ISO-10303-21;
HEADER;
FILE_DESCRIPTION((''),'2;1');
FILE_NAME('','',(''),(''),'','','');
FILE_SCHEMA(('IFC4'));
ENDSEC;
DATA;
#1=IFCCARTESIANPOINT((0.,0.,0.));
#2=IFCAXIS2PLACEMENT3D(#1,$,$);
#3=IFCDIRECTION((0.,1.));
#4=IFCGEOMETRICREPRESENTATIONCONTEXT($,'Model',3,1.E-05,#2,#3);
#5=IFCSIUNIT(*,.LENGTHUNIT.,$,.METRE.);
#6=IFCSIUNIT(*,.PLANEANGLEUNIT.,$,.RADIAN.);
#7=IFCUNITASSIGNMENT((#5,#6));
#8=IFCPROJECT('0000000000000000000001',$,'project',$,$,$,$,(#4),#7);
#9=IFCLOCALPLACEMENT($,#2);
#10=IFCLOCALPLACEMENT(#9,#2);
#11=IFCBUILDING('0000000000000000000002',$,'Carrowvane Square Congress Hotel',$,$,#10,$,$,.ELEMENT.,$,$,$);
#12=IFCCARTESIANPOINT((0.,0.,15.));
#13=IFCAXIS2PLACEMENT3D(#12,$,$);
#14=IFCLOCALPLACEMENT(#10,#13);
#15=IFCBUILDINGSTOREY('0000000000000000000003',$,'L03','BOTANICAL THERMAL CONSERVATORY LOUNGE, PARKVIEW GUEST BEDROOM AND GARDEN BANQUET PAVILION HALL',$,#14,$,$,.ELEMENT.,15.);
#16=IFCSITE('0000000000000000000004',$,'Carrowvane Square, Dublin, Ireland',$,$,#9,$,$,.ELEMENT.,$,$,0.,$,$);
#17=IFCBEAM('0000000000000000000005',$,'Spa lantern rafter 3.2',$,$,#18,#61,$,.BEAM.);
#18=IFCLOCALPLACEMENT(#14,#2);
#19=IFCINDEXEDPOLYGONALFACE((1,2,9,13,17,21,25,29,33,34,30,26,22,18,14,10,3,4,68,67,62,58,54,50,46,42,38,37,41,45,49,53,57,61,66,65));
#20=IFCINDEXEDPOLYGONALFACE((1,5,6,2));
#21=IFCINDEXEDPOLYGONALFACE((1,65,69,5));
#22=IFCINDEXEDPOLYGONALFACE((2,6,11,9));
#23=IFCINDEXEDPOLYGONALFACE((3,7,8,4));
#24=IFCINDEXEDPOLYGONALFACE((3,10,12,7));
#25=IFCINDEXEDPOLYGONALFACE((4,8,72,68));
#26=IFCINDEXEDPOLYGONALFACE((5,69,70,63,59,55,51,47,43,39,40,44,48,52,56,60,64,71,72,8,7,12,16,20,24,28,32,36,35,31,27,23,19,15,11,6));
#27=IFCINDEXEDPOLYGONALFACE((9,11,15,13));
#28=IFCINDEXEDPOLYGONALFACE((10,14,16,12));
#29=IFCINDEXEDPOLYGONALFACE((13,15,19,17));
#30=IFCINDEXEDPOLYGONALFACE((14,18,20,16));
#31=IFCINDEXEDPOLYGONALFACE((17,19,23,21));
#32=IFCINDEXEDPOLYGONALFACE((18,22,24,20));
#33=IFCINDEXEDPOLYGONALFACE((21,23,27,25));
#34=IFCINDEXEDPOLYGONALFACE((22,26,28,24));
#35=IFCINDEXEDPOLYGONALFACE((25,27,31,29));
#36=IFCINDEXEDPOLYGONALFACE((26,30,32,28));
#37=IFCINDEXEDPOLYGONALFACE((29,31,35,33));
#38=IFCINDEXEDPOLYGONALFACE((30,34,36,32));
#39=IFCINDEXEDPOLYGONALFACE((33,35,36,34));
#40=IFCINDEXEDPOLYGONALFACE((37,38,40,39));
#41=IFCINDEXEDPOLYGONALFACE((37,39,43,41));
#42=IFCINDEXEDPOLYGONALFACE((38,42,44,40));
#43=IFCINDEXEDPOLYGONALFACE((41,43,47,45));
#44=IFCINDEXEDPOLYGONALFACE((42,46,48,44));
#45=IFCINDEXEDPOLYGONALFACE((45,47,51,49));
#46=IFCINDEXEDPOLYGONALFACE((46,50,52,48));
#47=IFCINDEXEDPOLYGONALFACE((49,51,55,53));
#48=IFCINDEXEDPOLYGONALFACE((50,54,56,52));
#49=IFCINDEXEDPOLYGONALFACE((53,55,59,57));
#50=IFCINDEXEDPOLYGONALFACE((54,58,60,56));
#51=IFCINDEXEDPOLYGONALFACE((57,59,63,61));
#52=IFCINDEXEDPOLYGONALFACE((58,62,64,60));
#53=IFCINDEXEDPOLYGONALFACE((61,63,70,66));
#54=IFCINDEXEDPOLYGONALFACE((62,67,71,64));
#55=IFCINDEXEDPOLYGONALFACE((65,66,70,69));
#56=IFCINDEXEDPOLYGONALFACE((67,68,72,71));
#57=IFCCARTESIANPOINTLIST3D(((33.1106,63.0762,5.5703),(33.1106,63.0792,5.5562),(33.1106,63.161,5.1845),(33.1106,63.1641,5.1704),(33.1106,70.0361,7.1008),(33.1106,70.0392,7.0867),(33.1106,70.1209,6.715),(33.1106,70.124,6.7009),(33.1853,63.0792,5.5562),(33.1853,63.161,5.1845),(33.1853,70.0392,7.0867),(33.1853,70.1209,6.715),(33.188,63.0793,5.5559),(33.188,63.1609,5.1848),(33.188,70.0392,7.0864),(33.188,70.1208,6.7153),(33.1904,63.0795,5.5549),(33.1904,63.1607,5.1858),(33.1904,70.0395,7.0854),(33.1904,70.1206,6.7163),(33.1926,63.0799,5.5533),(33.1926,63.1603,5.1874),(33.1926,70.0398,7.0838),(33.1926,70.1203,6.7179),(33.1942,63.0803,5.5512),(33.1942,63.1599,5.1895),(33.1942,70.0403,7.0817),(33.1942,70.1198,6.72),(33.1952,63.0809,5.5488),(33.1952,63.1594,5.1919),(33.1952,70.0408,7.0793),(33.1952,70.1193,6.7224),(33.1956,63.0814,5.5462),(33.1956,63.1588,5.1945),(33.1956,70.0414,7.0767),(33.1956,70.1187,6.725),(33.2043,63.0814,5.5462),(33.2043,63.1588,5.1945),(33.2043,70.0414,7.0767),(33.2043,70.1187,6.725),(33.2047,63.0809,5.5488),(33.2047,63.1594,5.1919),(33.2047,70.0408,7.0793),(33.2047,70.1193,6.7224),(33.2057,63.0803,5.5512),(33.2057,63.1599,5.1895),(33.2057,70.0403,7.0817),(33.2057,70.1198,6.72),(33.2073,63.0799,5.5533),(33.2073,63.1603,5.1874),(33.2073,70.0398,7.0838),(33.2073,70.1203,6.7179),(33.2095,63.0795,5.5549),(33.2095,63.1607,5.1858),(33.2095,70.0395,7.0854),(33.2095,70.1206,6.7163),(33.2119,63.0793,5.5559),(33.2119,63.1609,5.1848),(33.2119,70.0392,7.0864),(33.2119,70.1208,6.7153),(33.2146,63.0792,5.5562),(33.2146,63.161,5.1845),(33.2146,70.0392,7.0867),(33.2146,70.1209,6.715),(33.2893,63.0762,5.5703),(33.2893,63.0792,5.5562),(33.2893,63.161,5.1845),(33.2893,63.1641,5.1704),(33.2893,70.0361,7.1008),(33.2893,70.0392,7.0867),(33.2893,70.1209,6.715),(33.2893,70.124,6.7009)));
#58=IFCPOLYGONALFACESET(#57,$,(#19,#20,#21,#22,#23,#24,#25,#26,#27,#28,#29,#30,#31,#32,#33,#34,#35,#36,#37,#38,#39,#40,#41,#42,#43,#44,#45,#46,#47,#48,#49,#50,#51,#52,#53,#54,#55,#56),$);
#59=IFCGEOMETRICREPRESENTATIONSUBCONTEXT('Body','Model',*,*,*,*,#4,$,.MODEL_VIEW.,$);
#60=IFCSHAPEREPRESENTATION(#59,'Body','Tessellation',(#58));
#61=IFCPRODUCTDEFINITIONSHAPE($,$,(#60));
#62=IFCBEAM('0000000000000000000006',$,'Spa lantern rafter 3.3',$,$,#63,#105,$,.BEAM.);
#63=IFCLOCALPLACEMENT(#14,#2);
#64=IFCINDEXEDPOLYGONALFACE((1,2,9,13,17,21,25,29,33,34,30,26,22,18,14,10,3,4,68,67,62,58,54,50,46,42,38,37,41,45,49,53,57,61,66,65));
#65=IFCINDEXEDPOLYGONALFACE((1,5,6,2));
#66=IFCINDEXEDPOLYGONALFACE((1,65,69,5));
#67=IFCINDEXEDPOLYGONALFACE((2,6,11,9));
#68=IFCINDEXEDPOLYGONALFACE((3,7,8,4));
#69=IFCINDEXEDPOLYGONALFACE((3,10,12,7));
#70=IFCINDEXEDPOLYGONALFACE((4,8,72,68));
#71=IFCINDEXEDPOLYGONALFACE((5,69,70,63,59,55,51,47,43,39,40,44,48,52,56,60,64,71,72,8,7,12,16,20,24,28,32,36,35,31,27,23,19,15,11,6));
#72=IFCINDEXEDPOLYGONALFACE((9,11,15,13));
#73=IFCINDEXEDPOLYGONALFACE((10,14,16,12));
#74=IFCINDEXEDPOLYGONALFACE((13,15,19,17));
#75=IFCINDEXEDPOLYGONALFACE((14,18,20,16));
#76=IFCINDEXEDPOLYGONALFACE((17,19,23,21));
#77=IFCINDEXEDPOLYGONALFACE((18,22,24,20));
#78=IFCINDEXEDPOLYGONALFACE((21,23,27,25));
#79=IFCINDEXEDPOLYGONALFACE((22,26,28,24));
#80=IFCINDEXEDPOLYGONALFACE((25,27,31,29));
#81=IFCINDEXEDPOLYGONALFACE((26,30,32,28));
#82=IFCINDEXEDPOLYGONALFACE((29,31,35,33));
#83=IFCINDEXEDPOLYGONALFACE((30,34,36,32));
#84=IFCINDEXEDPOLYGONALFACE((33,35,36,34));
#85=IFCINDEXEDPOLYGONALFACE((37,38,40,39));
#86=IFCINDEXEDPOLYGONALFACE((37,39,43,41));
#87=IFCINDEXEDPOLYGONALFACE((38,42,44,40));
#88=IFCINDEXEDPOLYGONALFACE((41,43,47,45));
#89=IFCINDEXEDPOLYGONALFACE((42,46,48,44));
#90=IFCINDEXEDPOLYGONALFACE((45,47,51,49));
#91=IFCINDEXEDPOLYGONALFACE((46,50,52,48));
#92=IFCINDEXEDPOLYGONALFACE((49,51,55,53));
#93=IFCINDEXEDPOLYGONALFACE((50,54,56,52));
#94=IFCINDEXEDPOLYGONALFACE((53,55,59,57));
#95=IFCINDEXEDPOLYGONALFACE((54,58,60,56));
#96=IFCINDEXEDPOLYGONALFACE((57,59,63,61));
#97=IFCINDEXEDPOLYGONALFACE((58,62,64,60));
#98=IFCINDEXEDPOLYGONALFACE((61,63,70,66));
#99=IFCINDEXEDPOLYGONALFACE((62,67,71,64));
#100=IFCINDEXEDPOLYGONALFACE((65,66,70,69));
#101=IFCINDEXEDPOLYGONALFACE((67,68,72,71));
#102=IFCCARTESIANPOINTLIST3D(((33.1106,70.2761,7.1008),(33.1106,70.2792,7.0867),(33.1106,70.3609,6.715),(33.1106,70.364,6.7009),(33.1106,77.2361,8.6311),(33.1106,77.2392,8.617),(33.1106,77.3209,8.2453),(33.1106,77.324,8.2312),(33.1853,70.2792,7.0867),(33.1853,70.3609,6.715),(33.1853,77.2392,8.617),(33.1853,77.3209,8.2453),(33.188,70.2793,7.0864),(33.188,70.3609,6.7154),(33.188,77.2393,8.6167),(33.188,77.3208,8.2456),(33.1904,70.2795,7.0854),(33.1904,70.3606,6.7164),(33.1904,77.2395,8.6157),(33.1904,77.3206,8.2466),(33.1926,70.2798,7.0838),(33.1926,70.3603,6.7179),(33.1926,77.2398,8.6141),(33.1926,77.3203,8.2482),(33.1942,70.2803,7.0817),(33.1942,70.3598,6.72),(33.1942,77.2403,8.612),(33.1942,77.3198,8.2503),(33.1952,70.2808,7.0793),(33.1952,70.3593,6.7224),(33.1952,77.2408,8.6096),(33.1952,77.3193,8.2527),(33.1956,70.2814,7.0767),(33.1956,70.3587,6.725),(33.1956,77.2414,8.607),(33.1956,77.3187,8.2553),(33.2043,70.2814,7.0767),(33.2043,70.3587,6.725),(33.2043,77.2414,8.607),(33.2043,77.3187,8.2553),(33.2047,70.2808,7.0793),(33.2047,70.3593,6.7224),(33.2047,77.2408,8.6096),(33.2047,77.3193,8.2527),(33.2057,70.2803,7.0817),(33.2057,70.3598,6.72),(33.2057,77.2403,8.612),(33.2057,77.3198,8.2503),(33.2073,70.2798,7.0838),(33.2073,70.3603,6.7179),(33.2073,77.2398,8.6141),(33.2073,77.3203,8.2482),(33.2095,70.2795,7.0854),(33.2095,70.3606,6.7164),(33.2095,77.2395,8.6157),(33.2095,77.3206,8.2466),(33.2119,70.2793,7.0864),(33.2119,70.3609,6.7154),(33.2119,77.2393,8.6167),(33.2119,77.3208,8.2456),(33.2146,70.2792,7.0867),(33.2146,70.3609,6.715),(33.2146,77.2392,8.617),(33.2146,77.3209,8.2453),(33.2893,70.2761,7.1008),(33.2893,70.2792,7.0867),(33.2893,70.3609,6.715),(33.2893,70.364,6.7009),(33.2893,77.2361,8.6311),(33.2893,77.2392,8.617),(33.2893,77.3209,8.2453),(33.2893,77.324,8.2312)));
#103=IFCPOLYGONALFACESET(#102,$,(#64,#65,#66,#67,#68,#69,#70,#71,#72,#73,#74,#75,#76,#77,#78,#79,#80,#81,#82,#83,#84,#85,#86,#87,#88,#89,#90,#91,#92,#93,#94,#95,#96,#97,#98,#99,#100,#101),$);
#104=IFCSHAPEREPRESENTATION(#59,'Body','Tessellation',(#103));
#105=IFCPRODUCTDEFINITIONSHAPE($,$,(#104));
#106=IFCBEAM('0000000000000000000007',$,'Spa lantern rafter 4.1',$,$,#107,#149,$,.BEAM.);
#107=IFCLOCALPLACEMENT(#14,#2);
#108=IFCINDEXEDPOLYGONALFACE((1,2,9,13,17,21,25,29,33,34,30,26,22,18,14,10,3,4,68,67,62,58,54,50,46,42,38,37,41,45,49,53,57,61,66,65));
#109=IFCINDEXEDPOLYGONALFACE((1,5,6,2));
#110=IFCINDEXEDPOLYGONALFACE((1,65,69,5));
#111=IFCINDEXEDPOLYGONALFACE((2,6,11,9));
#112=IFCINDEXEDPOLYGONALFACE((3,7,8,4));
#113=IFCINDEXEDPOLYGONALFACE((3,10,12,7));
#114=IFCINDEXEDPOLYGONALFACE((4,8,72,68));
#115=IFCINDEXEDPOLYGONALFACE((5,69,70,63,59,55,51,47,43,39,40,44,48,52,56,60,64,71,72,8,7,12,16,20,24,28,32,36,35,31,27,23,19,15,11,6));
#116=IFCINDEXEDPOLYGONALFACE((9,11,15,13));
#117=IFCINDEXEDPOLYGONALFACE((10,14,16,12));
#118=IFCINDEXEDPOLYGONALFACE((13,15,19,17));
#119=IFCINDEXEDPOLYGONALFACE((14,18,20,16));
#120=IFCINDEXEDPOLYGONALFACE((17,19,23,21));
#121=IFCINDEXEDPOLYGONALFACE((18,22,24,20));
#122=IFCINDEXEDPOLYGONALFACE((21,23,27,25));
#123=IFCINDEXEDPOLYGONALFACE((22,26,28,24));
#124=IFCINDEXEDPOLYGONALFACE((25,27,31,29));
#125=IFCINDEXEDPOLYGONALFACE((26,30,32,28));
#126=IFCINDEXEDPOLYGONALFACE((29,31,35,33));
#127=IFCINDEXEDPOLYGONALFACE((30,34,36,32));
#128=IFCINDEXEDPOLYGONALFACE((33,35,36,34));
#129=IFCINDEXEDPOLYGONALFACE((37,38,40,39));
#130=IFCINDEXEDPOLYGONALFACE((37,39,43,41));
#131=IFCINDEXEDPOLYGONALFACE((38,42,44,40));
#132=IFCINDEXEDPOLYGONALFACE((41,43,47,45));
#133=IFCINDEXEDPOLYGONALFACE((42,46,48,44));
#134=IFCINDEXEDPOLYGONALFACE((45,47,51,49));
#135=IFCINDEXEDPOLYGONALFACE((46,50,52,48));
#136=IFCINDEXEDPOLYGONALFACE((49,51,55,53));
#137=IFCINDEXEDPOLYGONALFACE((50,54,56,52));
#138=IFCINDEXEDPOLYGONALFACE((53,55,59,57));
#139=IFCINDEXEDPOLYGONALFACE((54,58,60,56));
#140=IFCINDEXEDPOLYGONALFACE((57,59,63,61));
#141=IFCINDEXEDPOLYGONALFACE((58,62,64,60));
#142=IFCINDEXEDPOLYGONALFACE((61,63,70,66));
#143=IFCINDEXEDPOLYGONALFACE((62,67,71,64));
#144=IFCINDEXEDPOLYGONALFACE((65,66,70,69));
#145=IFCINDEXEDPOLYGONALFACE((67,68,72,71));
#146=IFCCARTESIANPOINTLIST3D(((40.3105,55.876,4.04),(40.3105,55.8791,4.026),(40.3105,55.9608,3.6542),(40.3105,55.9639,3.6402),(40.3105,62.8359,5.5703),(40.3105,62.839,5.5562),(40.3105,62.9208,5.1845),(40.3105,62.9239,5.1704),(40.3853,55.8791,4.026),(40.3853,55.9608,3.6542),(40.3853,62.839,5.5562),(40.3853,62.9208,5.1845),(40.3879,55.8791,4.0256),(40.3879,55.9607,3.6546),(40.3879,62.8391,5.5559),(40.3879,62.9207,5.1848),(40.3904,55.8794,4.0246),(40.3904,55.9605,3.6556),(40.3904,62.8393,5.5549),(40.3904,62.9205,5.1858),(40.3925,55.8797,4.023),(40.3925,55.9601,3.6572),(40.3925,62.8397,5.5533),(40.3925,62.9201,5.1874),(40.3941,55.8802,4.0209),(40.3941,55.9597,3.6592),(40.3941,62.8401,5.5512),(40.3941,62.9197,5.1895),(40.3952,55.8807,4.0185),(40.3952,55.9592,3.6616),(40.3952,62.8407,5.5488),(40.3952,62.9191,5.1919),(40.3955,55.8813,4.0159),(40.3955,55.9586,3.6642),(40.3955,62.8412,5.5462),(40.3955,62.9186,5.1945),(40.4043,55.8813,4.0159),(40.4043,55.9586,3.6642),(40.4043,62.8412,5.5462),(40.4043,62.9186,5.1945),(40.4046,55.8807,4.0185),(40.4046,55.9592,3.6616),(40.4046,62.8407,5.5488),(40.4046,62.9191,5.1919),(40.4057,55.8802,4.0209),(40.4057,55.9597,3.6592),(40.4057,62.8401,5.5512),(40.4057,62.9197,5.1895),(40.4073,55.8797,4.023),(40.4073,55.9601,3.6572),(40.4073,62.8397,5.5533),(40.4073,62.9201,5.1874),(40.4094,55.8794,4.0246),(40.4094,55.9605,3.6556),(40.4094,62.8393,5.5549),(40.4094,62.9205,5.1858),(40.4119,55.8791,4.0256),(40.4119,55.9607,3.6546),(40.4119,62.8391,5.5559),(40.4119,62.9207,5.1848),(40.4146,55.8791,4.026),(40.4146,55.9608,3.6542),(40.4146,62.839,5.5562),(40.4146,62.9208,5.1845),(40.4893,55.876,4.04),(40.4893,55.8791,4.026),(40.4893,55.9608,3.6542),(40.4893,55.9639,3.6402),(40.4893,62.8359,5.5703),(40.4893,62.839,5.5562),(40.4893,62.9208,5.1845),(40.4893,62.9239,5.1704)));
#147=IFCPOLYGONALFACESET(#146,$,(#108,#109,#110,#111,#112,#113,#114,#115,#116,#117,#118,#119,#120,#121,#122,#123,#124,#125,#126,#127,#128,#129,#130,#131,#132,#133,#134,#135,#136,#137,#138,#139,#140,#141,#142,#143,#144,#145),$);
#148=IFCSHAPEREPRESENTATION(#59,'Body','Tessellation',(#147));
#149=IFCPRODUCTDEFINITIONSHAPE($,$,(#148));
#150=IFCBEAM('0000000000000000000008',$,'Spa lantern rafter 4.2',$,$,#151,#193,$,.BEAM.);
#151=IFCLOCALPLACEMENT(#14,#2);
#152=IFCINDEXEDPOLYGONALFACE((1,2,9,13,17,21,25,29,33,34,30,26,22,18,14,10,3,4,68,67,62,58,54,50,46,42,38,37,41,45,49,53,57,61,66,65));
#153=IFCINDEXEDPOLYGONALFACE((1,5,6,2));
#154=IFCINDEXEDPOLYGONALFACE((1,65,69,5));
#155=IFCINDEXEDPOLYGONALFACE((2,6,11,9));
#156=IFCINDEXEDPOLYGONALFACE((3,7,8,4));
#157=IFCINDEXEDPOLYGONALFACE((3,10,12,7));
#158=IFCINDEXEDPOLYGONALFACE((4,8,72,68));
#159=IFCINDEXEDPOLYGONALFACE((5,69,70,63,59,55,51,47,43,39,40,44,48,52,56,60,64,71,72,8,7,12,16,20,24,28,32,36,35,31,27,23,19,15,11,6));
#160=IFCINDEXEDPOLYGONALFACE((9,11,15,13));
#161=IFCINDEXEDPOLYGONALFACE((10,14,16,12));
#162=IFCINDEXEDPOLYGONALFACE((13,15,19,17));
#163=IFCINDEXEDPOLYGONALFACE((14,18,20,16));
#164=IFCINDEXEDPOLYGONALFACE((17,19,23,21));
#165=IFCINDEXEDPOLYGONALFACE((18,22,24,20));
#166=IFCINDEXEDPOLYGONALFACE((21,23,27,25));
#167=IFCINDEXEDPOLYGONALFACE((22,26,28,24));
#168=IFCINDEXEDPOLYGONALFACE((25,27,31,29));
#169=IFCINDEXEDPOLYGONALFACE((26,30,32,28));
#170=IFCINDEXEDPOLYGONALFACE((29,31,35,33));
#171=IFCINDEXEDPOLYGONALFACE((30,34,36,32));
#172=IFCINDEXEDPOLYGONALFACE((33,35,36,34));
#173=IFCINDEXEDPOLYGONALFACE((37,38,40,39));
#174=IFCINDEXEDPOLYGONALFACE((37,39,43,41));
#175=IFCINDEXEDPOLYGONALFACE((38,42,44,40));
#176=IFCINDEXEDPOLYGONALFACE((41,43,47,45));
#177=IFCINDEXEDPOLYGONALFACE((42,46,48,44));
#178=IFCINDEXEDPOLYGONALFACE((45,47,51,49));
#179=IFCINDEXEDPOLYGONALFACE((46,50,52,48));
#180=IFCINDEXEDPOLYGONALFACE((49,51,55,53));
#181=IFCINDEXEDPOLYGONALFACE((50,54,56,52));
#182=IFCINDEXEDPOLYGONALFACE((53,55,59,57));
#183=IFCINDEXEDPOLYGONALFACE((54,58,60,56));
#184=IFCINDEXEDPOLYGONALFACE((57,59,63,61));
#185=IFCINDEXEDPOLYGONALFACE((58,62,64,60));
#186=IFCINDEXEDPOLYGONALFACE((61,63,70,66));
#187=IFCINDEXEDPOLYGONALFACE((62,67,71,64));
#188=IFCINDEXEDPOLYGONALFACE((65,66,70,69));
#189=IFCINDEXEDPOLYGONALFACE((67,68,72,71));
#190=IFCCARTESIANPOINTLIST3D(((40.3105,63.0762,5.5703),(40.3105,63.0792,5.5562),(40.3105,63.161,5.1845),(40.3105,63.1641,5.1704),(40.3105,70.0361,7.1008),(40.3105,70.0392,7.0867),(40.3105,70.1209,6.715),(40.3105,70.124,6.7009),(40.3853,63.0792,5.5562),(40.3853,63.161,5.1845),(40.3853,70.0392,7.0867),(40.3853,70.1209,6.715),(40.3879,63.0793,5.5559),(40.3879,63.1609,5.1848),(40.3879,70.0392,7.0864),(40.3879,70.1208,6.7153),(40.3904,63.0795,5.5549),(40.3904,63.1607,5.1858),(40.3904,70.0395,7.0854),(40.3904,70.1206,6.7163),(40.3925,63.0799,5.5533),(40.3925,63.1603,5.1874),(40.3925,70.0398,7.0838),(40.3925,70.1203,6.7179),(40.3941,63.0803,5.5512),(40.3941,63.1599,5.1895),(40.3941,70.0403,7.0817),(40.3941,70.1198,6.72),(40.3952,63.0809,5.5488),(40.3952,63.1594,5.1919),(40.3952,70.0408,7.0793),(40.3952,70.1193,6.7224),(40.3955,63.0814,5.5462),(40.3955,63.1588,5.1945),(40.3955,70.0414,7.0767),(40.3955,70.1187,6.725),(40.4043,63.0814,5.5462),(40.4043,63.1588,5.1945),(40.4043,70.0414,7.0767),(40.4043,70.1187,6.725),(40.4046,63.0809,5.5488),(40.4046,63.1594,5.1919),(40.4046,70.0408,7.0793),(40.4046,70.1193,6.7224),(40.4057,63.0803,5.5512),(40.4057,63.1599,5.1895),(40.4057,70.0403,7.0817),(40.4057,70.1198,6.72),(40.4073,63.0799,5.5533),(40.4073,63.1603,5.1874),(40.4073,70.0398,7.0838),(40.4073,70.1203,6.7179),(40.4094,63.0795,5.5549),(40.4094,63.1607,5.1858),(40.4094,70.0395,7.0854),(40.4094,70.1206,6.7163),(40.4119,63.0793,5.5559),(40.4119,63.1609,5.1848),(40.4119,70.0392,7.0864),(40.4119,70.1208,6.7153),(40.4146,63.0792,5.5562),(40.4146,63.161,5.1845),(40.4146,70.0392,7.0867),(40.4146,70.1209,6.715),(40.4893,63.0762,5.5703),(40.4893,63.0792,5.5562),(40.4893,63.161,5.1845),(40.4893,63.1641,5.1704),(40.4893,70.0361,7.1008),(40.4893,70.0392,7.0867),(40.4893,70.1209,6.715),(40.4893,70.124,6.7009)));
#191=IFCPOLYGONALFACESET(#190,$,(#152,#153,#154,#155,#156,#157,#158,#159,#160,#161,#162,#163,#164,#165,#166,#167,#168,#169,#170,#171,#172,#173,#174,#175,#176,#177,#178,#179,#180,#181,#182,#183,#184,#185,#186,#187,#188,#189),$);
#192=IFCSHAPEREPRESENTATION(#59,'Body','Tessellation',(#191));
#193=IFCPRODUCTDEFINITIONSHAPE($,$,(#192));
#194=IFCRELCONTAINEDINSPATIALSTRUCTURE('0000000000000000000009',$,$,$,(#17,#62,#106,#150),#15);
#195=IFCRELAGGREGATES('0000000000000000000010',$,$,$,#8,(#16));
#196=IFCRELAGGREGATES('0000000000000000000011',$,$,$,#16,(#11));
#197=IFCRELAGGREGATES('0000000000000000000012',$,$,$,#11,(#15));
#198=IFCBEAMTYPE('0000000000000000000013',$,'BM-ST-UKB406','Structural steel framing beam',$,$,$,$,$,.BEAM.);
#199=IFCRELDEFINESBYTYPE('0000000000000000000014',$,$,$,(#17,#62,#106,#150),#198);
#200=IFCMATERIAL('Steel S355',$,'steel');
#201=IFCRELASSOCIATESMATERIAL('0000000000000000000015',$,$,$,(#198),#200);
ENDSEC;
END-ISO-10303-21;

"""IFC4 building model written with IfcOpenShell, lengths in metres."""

from ifc_helpers import new_model, si_unit, direction, frame, origin, origin_2d, place, context, subcontext, project, spatial, i_section, extrude, material, material_profile, profile_set, type_object, element, save


model = new_model("IFC4")

# Units and contexts
model_context = context("Model", 3, precision=1e-05, world=origin(), true_north=direction((0.0, 1.0)))
body_context = subcontext(model_context, "Body", "Model", "MODEL_VIEW")
ifc_project = project(units=[si_unit("LENGTHUNIT", "METRE"), si_unit("PLANEANGLEUNIT", "RADIAN")], contexts=[model_context])

# Site, building, storey
site_placement = place(None, origin())
site = spatial("IfcSite", under=ifc_project, at=site_placement, Name="Carrowvane Square, Dublin, Ireland", CompositionType="ELEMENT", RefElevation=0.0)
building_placement = place(site_placement, origin())
building = spatial("IfcBuilding", under=site, at=building_placement, Name="Carrowvane Square Congress Hotel", CompositionType="ELEMENT")
storey_placement = place(building_placement, frame((0.0, 0.0, 15.0)))
storey = spatial("IfcBuildingStorey", under=building, at=storey_placement, Name="L03", Description="BOTANICAL THERMAL CONSERVATORY LOUNGE, PARKVIEW GUEST BEDROOM AND GARDEN BANQUET PAVILION HALL", CompositionType="ELEMENT", Elevation=15.0)

# Beams
ifc_material_1 = material(Name="Steel S355", Category="steel")
ifc_material_profile_1 = material_profile(ifc_material_1, i_section(OverallWidth=0.1787, OverallDepth=0.4094, WebThickness=0.0088, FlangeThickness=0.0144, FilletRadius=0.0103, at=origin_2d()), Name="UKB 406x178x67")
ifc_profile_set_1 = profile_set([ifc_material_profile_1], Name="Steel S355")
beam_type_1 = type_object("IfcBeamType", Name="BM-ST-UKB406", Description="Structural steel framing beam", PredefinedType="BEAM", material=ifc_profile_set_1)
for number, where, z_axis, x_axis, name in (
    (1, (33.2, 63.1201, 5.3704), (0.0, 0.976664, 0.214772), (-1.0, 0.0, 0.0), "Spa lantern rafter 3.2"),
    (2, (33.2, 70.3201, 6.9009), (0.0, 0.976671, 0.214739), (-1.0, 0.0, 0.0), "Spa lantern rafter 3.3"),
    (3, (40.3999, 55.9199, 3.8401), (0.0, 0.976671, 0.214739), (-1.0, 0.0, 0.0), "Spa lantern rafter 4.1"),
    (4, (40.3999, 63.1201, 5.3704), (0.0, 0.976664, 0.214772), (-1.0, 0.0, 0.0), "Spa lantern rafter 4.2"),
):
    element("IfcBeam", number, at=place(storey_placement, frame(where, z_axis=z_axis, x_axis=x_axis)), inside=storey, type_object=beam_type_1, Name=name, PredefinedType="BEAM", context=body_context, shape_type="SweptSolid", body=[
        extrude(i_section(OverallWidth=0.1787, OverallDepth=0.4094, WebThickness=0.0088, FlangeThickness=0.0144, FilletRadius=0.0103, at=origin_2d()), origin(), (0.0, 0.0, 1.0), 7.1262),
    ])

save(model, "model.ifc")
